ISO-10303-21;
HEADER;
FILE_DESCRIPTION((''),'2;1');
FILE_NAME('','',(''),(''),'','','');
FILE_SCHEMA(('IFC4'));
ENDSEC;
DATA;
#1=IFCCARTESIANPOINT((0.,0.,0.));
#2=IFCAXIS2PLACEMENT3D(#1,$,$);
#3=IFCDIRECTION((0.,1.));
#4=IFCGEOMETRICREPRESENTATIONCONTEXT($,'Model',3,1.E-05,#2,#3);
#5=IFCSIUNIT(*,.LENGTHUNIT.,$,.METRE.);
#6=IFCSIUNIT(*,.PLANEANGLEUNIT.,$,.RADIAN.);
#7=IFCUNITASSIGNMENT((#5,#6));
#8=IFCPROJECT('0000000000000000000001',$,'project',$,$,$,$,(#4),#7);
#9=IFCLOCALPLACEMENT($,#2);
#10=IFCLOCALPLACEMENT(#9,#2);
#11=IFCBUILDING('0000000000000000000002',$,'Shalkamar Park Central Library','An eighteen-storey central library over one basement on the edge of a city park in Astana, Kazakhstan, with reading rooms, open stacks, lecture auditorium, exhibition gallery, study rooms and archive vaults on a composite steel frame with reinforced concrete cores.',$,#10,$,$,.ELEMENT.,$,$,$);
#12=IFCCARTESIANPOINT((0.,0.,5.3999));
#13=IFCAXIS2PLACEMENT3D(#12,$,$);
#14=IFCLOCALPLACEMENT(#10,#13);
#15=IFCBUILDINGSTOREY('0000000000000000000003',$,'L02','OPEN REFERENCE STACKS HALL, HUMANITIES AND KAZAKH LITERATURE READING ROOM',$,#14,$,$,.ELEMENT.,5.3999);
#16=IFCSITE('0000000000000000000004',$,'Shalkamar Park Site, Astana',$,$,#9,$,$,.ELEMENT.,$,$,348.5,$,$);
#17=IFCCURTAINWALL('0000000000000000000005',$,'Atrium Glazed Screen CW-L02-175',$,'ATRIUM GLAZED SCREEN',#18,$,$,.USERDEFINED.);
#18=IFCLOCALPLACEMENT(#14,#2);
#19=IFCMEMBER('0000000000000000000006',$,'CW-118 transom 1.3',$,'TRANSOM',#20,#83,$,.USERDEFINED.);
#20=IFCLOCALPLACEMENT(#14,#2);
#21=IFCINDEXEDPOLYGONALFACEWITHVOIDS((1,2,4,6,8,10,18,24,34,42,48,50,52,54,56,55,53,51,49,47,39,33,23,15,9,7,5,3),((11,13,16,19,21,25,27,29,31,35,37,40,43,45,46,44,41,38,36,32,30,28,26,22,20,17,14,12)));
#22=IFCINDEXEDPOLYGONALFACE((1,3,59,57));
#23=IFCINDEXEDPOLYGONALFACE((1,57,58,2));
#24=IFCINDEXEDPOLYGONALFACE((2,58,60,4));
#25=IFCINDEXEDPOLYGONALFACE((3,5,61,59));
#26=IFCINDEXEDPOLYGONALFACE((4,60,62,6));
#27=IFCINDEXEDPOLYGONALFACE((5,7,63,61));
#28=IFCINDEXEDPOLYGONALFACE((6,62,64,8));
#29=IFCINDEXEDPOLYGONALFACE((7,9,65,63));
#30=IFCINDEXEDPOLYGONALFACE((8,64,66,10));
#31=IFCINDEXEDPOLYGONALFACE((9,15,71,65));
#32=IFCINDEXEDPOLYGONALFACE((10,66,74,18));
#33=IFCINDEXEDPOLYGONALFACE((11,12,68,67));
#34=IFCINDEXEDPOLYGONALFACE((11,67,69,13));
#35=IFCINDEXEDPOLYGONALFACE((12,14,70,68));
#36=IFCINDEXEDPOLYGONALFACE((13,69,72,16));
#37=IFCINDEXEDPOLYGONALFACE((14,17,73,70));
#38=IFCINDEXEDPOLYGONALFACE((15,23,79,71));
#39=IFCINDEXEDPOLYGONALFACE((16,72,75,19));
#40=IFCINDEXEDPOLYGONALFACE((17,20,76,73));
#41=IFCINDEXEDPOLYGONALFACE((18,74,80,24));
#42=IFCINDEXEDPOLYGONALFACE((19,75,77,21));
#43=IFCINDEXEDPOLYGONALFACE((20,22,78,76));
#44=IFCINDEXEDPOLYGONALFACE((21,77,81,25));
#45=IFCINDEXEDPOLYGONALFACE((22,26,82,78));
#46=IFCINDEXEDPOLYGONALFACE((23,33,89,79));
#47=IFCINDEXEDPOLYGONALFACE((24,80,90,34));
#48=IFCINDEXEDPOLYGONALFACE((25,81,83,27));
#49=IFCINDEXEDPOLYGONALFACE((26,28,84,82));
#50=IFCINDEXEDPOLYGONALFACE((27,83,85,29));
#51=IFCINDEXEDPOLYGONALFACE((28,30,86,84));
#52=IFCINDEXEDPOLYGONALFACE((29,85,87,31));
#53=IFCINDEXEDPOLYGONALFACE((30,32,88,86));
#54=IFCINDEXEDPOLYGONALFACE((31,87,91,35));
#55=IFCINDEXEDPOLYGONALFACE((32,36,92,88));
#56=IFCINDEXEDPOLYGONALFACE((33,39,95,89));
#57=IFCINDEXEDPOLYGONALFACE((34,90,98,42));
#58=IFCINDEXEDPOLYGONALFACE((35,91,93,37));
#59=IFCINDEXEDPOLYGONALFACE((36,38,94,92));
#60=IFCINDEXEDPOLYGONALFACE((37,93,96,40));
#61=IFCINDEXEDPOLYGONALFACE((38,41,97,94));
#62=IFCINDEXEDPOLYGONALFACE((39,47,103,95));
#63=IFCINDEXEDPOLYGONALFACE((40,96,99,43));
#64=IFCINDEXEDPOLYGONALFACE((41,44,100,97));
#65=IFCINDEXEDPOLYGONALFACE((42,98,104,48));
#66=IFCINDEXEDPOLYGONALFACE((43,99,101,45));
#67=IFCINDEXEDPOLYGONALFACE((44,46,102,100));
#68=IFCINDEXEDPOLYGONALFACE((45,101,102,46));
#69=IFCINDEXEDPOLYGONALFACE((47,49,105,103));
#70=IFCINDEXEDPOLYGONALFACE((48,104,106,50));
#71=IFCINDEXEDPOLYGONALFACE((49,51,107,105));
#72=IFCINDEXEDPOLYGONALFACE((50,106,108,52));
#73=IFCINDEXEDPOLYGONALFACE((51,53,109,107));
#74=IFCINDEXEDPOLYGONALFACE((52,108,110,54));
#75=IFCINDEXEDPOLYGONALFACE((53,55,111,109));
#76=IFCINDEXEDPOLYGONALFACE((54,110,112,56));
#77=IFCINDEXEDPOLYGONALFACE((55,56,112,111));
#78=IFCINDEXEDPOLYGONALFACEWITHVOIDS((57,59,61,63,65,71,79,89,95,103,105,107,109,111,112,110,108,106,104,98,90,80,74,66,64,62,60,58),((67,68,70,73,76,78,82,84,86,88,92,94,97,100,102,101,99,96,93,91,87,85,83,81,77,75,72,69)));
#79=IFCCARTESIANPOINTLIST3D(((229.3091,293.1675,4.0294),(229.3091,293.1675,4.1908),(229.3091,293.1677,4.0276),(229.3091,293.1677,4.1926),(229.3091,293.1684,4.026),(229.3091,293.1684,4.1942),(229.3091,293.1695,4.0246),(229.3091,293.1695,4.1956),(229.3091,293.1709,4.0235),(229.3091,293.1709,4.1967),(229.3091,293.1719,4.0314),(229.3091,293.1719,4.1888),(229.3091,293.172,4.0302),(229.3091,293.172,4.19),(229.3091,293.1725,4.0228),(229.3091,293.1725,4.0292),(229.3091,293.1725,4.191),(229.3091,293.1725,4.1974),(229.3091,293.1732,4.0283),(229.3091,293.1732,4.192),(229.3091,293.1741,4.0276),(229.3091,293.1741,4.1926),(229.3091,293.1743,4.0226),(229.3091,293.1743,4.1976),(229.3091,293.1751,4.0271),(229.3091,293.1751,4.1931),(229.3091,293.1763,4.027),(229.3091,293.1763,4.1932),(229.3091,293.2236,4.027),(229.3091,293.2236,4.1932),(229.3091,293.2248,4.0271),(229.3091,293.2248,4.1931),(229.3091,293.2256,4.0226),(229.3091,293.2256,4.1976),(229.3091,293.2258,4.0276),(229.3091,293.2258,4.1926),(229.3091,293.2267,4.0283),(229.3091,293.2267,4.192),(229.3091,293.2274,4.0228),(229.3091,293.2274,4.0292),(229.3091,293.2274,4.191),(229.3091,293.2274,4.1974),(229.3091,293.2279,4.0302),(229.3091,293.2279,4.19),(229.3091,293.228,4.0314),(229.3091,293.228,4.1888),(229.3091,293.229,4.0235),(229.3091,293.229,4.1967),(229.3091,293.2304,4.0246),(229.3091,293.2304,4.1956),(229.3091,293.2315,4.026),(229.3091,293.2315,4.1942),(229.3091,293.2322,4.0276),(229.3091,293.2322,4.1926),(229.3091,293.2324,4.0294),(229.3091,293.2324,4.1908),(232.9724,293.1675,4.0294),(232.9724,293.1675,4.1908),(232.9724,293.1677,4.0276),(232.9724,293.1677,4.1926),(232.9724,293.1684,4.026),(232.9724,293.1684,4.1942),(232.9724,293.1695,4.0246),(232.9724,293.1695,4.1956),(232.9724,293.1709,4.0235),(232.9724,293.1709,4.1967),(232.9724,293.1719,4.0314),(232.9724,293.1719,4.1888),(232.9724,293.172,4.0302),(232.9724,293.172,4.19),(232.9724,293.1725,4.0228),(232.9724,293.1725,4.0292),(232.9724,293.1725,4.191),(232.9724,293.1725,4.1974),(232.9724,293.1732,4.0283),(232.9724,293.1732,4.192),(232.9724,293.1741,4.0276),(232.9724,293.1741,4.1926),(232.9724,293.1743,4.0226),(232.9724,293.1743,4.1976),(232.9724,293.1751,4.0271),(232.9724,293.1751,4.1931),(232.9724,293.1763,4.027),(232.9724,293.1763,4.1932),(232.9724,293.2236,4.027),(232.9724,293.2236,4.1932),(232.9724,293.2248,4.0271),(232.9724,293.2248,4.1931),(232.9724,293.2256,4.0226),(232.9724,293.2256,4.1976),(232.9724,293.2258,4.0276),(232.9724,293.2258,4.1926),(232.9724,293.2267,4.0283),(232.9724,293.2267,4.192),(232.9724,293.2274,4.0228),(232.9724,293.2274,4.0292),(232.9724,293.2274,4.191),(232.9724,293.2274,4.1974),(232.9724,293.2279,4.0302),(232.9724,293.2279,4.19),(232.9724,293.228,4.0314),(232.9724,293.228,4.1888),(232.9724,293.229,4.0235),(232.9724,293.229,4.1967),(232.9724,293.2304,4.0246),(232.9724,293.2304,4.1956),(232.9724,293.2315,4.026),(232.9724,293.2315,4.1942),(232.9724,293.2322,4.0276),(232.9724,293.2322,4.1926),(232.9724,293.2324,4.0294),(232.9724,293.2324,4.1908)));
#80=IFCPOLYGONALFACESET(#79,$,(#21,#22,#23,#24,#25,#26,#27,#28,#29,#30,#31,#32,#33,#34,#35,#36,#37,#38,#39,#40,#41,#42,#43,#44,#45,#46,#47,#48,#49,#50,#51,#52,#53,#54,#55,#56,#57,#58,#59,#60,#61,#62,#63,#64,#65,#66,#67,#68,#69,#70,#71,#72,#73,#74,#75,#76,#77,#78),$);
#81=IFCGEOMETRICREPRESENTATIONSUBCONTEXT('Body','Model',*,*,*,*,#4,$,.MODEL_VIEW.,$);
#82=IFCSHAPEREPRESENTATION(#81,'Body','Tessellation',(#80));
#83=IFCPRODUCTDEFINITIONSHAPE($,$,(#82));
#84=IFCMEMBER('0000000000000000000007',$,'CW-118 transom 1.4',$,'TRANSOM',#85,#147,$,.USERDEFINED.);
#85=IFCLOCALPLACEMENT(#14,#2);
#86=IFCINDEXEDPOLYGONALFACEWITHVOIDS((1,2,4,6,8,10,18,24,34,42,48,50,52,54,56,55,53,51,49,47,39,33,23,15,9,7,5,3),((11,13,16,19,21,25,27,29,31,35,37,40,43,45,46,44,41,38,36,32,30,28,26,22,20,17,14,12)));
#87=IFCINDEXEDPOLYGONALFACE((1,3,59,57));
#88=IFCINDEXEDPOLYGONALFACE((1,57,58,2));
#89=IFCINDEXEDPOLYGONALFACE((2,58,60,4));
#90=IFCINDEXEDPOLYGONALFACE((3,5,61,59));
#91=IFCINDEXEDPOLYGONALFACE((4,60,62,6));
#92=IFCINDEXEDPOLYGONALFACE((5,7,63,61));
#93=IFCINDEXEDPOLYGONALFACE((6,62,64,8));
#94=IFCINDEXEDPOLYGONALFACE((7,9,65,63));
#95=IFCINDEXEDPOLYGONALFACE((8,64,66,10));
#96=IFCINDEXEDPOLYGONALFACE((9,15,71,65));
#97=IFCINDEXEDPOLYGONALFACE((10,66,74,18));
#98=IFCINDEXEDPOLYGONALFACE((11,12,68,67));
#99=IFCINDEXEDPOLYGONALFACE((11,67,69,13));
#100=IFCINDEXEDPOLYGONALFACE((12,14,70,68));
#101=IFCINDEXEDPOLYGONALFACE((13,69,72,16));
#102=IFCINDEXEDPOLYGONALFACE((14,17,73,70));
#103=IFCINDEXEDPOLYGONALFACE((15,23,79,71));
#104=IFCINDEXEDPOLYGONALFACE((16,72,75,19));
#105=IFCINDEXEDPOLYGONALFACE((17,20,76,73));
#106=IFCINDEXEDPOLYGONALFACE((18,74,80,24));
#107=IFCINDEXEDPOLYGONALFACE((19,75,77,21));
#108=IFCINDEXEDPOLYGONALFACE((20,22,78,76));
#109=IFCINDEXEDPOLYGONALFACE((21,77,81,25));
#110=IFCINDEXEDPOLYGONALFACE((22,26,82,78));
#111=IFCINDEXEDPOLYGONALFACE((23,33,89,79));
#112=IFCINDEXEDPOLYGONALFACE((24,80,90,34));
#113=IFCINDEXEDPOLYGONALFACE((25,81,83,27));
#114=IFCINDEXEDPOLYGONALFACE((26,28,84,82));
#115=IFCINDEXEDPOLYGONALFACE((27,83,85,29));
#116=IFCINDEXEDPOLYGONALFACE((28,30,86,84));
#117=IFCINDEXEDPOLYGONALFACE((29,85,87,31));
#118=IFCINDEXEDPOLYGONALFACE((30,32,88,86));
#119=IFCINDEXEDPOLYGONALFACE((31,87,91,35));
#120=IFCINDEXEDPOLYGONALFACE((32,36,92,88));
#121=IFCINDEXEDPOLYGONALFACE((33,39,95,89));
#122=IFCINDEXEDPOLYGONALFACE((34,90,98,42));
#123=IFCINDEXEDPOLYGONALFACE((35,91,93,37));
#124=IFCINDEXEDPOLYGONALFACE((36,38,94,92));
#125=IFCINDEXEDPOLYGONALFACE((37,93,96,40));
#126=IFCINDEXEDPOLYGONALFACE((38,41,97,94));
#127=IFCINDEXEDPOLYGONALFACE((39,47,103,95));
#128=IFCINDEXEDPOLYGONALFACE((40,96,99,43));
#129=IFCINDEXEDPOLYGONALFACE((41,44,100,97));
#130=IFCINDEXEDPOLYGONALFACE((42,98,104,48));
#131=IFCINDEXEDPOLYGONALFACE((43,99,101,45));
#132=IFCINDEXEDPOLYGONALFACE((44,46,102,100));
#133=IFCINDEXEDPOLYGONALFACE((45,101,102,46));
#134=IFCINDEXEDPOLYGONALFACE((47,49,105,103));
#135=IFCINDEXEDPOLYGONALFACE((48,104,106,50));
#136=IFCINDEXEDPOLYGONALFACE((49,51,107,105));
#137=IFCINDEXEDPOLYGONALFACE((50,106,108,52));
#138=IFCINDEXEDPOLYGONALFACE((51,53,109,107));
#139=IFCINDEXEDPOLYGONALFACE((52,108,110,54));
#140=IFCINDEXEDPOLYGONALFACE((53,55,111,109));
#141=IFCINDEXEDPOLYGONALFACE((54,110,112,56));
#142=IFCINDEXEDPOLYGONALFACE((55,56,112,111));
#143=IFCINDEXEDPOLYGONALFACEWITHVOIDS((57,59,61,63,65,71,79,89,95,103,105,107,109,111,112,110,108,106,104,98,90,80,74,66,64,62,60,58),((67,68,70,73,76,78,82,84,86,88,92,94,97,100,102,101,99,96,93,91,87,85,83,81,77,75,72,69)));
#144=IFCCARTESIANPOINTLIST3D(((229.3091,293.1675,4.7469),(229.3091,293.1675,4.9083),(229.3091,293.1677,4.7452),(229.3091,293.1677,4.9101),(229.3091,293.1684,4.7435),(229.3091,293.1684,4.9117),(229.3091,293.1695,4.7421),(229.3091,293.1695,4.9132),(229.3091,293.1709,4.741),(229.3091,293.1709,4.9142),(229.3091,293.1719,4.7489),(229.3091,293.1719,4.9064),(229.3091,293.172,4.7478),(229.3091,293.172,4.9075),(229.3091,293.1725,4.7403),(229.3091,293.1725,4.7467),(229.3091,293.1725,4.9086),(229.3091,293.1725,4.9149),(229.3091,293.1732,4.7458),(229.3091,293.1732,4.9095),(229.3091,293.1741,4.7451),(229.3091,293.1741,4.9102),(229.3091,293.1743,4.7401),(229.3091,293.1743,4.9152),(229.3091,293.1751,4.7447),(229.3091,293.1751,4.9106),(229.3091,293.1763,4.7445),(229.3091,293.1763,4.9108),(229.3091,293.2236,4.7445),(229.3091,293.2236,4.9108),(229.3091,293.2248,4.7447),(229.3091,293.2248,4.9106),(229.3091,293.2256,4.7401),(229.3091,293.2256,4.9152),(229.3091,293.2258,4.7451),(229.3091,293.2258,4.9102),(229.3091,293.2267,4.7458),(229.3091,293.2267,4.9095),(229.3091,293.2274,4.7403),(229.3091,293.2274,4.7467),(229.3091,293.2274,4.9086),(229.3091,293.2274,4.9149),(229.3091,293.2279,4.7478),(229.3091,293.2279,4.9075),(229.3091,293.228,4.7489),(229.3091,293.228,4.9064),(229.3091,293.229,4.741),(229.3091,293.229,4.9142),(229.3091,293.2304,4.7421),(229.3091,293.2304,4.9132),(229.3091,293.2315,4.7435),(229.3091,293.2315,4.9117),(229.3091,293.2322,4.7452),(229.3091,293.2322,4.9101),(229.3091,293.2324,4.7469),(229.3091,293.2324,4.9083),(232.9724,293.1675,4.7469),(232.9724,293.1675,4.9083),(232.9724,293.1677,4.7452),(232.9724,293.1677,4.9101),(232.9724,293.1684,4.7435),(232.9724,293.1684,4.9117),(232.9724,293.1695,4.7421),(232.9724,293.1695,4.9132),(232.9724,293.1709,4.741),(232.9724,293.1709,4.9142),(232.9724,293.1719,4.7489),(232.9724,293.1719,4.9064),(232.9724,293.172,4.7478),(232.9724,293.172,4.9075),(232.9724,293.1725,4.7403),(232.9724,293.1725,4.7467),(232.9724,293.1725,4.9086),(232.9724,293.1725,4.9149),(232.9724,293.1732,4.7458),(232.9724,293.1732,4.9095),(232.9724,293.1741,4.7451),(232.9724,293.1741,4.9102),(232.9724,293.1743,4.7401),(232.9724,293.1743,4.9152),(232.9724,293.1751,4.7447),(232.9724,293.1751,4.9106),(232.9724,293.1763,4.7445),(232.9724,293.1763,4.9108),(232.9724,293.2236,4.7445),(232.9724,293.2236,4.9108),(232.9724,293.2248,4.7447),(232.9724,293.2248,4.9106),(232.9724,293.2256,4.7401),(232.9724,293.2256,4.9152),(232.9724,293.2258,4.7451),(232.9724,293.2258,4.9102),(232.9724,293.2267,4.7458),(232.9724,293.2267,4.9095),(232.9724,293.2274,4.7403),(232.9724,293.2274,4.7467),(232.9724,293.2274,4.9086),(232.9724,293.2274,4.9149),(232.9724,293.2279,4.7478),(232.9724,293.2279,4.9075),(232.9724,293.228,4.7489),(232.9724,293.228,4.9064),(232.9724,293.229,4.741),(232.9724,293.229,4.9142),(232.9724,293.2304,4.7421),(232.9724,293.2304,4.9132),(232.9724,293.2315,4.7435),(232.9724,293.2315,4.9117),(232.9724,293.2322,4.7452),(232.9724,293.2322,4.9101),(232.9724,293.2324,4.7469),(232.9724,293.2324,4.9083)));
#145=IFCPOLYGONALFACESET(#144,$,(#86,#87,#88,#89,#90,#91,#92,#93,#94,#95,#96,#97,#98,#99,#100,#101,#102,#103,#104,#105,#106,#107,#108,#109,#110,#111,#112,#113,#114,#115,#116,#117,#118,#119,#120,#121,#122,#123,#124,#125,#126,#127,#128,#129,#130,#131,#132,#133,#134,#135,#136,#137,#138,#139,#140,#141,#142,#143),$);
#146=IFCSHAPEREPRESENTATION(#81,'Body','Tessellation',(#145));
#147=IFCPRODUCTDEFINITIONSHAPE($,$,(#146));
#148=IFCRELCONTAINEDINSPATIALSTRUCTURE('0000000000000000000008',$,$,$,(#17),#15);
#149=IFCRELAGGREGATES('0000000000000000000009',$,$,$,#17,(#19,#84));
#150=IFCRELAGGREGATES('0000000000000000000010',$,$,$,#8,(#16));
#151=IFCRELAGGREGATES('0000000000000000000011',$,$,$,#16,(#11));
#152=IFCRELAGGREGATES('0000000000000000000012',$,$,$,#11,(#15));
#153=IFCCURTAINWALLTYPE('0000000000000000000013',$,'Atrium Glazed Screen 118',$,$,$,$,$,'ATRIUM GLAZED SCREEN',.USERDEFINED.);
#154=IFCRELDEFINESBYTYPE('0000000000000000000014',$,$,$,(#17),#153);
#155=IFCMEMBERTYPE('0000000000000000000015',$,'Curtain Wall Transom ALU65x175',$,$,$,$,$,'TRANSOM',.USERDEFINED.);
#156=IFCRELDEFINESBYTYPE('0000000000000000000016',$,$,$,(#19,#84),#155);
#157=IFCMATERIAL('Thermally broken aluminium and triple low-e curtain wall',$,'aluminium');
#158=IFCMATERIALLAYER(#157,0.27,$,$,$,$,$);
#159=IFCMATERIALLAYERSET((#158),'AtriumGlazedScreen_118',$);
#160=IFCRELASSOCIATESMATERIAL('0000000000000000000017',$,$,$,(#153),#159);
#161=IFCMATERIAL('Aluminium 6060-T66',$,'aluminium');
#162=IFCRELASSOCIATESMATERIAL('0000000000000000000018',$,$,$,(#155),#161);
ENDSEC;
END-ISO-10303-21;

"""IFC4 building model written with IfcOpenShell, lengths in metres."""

from ifc_helpers import new_model, si_unit, direction, frame, origin, origin_2d, place, context, subcontext, project, spatial, hollow_rectangle, extrude, material, layer, layer_set, material_profile, profile_set, type_object, element, aggregate, save


model = new_model("IFC4")

# Units and contexts
model_context = context("Model", 3, precision=1e-05, world=origin(), true_north=direction((0.0, 1.0)))
body_context = subcontext(model_context, "Body", "Model", "MODEL_VIEW")
ifc_project = project(units=[si_unit("LENGTHUNIT", "METRE"), si_unit("PLANEANGLEUNIT", "RADIAN")], contexts=[model_context])

# Site, building, storey
site_placement = place(None, origin())
site = spatial("IfcSite", under=ifc_project, at=site_placement, Name="Shalkamar Park Site, Astana", CompositionType="ELEMENT", RefElevation=348.5)
building_placement = place(site_placement, origin())
building = spatial("IfcBuilding", under=site, at=building_placement, Name="Shalkamar Park Central Library", Description="An eighteen-storey central library over one basement on the edge of a city park in Astana, Kazakhstan, with reading rooms, open stacks, lecture auditorium, exhibition gallery, study rooms and archive vaults on a composite steel frame with reinforced concrete cores.", CompositionType="ELEMENT")
storey_placement = place(building_placement, frame((0.0, 0.0, 5.3999)))
storey = spatial("IfcBuildingStorey", under=building, at=storey_placement, Name="L02", Description="OPEN REFERENCE STACKS HALL, HUMANITIES AND KAZAKH LITERATURE READING ROOM", CompositionType="ELEMENT", Elevation=5.3999)

# Curtain wall, members
ifc_material_1 = material(Name="Thermally broken aluminium and triple low-e curtain wall", Category="aluminium")
ifc_layer_1 = layer(ifc_material_1, 0.27)
ifc_layer_set_1 = layer_set([ifc_layer_1], Name="AtriumGlazedScreen_118")
curtain_wall_type = type_object("IfcCurtainWallType", Name="Atrium Glazed Screen 118", ElementType="ATRIUM GLAZED SCREEN", PredefinedType="USERDEFINED", material=ifc_layer_set_1)
curtain_wall_placement = place(storey_placement, origin())
curtain_wall = element("IfcCurtainWall", 1, at=curtain_wall_placement, inside=storey, type_object=curtain_wall_type, Name="Atrium Glazed Screen CW-L02-175", ObjectType="ATRIUM GLAZED SCREEN", PredefinedType="USERDEFINED")
ifc_material_2 = material(Name="Aluminium 6060-T66", Category="aluminium")
ifc_material_profile_1 = material_profile(ifc_material_2, hollow_rectangle(XDim=0.0649, YDim=0.175, WallThickness=0.0044, InnerFilletRadius=0.0044, OuterFilletRadius=0.0068, at=origin_2d()), Name="ALU 65x175x4.5")
ifc_profile_set_1 = profile_set([ifc_material_profile_1], Name="Aluminium 6060-T66")
member_type_1 = type_object("IfcMemberType", Name="Curtain Wall Transom ALU65x175", ElementType="TRANSOM", PredefinedType="USERDEFINED", material=ifc_profile_set_1)
member_1_placement = place(storey_placement, frame((229.3091, 293.2, 4.1101), z_axis=(1.0, 0.0, 0.0), x_axis=(0.0, 1.0, 0.0)))
member_1 = element("IfcMember", 2, at=member_1_placement, type_object=member_type_1, Name="CW-118 transom 1.3", ObjectType="TRANSOM", PredefinedType="USERDEFINED", context=body_context, shape_type="SweptSolid", body=[
    extrude(hollow_rectangle(XDim=0.0649, YDim=0.175, WallThickness=0.0044, InnerFilletRadius=0.0044, OuterFilletRadius=0.0068, at=origin_2d()), origin(), (0.0, 0.0, 1.0), 3.6633),
])
member_2_placement = place(storey_placement, frame((229.3091, 293.2, 4.8276), z_axis=(1.0, 0.0, 0.0), x_axis=(0.0, 1.0, 0.0)))
member_2 = element("IfcMember", 3, at=member_2_placement, type_object=member_type_1, Name="CW-118 transom 1.4", ObjectType="TRANSOM", PredefinedType="USERDEFINED", context=body_context, shape_type="SweptSolid", body=[
    extrude(hollow_rectangle(XDim=0.0649, YDim=0.175, WallThickness=0.0044, InnerFilletRadius=0.0044, OuterFilletRadius=0.0068, at=origin_2d()), origin(), (0.0, 0.0, 1.0), 3.6633),
])

aggregate(curtain_wall, [member_1, member_2])

save(model, "model.ifc")
